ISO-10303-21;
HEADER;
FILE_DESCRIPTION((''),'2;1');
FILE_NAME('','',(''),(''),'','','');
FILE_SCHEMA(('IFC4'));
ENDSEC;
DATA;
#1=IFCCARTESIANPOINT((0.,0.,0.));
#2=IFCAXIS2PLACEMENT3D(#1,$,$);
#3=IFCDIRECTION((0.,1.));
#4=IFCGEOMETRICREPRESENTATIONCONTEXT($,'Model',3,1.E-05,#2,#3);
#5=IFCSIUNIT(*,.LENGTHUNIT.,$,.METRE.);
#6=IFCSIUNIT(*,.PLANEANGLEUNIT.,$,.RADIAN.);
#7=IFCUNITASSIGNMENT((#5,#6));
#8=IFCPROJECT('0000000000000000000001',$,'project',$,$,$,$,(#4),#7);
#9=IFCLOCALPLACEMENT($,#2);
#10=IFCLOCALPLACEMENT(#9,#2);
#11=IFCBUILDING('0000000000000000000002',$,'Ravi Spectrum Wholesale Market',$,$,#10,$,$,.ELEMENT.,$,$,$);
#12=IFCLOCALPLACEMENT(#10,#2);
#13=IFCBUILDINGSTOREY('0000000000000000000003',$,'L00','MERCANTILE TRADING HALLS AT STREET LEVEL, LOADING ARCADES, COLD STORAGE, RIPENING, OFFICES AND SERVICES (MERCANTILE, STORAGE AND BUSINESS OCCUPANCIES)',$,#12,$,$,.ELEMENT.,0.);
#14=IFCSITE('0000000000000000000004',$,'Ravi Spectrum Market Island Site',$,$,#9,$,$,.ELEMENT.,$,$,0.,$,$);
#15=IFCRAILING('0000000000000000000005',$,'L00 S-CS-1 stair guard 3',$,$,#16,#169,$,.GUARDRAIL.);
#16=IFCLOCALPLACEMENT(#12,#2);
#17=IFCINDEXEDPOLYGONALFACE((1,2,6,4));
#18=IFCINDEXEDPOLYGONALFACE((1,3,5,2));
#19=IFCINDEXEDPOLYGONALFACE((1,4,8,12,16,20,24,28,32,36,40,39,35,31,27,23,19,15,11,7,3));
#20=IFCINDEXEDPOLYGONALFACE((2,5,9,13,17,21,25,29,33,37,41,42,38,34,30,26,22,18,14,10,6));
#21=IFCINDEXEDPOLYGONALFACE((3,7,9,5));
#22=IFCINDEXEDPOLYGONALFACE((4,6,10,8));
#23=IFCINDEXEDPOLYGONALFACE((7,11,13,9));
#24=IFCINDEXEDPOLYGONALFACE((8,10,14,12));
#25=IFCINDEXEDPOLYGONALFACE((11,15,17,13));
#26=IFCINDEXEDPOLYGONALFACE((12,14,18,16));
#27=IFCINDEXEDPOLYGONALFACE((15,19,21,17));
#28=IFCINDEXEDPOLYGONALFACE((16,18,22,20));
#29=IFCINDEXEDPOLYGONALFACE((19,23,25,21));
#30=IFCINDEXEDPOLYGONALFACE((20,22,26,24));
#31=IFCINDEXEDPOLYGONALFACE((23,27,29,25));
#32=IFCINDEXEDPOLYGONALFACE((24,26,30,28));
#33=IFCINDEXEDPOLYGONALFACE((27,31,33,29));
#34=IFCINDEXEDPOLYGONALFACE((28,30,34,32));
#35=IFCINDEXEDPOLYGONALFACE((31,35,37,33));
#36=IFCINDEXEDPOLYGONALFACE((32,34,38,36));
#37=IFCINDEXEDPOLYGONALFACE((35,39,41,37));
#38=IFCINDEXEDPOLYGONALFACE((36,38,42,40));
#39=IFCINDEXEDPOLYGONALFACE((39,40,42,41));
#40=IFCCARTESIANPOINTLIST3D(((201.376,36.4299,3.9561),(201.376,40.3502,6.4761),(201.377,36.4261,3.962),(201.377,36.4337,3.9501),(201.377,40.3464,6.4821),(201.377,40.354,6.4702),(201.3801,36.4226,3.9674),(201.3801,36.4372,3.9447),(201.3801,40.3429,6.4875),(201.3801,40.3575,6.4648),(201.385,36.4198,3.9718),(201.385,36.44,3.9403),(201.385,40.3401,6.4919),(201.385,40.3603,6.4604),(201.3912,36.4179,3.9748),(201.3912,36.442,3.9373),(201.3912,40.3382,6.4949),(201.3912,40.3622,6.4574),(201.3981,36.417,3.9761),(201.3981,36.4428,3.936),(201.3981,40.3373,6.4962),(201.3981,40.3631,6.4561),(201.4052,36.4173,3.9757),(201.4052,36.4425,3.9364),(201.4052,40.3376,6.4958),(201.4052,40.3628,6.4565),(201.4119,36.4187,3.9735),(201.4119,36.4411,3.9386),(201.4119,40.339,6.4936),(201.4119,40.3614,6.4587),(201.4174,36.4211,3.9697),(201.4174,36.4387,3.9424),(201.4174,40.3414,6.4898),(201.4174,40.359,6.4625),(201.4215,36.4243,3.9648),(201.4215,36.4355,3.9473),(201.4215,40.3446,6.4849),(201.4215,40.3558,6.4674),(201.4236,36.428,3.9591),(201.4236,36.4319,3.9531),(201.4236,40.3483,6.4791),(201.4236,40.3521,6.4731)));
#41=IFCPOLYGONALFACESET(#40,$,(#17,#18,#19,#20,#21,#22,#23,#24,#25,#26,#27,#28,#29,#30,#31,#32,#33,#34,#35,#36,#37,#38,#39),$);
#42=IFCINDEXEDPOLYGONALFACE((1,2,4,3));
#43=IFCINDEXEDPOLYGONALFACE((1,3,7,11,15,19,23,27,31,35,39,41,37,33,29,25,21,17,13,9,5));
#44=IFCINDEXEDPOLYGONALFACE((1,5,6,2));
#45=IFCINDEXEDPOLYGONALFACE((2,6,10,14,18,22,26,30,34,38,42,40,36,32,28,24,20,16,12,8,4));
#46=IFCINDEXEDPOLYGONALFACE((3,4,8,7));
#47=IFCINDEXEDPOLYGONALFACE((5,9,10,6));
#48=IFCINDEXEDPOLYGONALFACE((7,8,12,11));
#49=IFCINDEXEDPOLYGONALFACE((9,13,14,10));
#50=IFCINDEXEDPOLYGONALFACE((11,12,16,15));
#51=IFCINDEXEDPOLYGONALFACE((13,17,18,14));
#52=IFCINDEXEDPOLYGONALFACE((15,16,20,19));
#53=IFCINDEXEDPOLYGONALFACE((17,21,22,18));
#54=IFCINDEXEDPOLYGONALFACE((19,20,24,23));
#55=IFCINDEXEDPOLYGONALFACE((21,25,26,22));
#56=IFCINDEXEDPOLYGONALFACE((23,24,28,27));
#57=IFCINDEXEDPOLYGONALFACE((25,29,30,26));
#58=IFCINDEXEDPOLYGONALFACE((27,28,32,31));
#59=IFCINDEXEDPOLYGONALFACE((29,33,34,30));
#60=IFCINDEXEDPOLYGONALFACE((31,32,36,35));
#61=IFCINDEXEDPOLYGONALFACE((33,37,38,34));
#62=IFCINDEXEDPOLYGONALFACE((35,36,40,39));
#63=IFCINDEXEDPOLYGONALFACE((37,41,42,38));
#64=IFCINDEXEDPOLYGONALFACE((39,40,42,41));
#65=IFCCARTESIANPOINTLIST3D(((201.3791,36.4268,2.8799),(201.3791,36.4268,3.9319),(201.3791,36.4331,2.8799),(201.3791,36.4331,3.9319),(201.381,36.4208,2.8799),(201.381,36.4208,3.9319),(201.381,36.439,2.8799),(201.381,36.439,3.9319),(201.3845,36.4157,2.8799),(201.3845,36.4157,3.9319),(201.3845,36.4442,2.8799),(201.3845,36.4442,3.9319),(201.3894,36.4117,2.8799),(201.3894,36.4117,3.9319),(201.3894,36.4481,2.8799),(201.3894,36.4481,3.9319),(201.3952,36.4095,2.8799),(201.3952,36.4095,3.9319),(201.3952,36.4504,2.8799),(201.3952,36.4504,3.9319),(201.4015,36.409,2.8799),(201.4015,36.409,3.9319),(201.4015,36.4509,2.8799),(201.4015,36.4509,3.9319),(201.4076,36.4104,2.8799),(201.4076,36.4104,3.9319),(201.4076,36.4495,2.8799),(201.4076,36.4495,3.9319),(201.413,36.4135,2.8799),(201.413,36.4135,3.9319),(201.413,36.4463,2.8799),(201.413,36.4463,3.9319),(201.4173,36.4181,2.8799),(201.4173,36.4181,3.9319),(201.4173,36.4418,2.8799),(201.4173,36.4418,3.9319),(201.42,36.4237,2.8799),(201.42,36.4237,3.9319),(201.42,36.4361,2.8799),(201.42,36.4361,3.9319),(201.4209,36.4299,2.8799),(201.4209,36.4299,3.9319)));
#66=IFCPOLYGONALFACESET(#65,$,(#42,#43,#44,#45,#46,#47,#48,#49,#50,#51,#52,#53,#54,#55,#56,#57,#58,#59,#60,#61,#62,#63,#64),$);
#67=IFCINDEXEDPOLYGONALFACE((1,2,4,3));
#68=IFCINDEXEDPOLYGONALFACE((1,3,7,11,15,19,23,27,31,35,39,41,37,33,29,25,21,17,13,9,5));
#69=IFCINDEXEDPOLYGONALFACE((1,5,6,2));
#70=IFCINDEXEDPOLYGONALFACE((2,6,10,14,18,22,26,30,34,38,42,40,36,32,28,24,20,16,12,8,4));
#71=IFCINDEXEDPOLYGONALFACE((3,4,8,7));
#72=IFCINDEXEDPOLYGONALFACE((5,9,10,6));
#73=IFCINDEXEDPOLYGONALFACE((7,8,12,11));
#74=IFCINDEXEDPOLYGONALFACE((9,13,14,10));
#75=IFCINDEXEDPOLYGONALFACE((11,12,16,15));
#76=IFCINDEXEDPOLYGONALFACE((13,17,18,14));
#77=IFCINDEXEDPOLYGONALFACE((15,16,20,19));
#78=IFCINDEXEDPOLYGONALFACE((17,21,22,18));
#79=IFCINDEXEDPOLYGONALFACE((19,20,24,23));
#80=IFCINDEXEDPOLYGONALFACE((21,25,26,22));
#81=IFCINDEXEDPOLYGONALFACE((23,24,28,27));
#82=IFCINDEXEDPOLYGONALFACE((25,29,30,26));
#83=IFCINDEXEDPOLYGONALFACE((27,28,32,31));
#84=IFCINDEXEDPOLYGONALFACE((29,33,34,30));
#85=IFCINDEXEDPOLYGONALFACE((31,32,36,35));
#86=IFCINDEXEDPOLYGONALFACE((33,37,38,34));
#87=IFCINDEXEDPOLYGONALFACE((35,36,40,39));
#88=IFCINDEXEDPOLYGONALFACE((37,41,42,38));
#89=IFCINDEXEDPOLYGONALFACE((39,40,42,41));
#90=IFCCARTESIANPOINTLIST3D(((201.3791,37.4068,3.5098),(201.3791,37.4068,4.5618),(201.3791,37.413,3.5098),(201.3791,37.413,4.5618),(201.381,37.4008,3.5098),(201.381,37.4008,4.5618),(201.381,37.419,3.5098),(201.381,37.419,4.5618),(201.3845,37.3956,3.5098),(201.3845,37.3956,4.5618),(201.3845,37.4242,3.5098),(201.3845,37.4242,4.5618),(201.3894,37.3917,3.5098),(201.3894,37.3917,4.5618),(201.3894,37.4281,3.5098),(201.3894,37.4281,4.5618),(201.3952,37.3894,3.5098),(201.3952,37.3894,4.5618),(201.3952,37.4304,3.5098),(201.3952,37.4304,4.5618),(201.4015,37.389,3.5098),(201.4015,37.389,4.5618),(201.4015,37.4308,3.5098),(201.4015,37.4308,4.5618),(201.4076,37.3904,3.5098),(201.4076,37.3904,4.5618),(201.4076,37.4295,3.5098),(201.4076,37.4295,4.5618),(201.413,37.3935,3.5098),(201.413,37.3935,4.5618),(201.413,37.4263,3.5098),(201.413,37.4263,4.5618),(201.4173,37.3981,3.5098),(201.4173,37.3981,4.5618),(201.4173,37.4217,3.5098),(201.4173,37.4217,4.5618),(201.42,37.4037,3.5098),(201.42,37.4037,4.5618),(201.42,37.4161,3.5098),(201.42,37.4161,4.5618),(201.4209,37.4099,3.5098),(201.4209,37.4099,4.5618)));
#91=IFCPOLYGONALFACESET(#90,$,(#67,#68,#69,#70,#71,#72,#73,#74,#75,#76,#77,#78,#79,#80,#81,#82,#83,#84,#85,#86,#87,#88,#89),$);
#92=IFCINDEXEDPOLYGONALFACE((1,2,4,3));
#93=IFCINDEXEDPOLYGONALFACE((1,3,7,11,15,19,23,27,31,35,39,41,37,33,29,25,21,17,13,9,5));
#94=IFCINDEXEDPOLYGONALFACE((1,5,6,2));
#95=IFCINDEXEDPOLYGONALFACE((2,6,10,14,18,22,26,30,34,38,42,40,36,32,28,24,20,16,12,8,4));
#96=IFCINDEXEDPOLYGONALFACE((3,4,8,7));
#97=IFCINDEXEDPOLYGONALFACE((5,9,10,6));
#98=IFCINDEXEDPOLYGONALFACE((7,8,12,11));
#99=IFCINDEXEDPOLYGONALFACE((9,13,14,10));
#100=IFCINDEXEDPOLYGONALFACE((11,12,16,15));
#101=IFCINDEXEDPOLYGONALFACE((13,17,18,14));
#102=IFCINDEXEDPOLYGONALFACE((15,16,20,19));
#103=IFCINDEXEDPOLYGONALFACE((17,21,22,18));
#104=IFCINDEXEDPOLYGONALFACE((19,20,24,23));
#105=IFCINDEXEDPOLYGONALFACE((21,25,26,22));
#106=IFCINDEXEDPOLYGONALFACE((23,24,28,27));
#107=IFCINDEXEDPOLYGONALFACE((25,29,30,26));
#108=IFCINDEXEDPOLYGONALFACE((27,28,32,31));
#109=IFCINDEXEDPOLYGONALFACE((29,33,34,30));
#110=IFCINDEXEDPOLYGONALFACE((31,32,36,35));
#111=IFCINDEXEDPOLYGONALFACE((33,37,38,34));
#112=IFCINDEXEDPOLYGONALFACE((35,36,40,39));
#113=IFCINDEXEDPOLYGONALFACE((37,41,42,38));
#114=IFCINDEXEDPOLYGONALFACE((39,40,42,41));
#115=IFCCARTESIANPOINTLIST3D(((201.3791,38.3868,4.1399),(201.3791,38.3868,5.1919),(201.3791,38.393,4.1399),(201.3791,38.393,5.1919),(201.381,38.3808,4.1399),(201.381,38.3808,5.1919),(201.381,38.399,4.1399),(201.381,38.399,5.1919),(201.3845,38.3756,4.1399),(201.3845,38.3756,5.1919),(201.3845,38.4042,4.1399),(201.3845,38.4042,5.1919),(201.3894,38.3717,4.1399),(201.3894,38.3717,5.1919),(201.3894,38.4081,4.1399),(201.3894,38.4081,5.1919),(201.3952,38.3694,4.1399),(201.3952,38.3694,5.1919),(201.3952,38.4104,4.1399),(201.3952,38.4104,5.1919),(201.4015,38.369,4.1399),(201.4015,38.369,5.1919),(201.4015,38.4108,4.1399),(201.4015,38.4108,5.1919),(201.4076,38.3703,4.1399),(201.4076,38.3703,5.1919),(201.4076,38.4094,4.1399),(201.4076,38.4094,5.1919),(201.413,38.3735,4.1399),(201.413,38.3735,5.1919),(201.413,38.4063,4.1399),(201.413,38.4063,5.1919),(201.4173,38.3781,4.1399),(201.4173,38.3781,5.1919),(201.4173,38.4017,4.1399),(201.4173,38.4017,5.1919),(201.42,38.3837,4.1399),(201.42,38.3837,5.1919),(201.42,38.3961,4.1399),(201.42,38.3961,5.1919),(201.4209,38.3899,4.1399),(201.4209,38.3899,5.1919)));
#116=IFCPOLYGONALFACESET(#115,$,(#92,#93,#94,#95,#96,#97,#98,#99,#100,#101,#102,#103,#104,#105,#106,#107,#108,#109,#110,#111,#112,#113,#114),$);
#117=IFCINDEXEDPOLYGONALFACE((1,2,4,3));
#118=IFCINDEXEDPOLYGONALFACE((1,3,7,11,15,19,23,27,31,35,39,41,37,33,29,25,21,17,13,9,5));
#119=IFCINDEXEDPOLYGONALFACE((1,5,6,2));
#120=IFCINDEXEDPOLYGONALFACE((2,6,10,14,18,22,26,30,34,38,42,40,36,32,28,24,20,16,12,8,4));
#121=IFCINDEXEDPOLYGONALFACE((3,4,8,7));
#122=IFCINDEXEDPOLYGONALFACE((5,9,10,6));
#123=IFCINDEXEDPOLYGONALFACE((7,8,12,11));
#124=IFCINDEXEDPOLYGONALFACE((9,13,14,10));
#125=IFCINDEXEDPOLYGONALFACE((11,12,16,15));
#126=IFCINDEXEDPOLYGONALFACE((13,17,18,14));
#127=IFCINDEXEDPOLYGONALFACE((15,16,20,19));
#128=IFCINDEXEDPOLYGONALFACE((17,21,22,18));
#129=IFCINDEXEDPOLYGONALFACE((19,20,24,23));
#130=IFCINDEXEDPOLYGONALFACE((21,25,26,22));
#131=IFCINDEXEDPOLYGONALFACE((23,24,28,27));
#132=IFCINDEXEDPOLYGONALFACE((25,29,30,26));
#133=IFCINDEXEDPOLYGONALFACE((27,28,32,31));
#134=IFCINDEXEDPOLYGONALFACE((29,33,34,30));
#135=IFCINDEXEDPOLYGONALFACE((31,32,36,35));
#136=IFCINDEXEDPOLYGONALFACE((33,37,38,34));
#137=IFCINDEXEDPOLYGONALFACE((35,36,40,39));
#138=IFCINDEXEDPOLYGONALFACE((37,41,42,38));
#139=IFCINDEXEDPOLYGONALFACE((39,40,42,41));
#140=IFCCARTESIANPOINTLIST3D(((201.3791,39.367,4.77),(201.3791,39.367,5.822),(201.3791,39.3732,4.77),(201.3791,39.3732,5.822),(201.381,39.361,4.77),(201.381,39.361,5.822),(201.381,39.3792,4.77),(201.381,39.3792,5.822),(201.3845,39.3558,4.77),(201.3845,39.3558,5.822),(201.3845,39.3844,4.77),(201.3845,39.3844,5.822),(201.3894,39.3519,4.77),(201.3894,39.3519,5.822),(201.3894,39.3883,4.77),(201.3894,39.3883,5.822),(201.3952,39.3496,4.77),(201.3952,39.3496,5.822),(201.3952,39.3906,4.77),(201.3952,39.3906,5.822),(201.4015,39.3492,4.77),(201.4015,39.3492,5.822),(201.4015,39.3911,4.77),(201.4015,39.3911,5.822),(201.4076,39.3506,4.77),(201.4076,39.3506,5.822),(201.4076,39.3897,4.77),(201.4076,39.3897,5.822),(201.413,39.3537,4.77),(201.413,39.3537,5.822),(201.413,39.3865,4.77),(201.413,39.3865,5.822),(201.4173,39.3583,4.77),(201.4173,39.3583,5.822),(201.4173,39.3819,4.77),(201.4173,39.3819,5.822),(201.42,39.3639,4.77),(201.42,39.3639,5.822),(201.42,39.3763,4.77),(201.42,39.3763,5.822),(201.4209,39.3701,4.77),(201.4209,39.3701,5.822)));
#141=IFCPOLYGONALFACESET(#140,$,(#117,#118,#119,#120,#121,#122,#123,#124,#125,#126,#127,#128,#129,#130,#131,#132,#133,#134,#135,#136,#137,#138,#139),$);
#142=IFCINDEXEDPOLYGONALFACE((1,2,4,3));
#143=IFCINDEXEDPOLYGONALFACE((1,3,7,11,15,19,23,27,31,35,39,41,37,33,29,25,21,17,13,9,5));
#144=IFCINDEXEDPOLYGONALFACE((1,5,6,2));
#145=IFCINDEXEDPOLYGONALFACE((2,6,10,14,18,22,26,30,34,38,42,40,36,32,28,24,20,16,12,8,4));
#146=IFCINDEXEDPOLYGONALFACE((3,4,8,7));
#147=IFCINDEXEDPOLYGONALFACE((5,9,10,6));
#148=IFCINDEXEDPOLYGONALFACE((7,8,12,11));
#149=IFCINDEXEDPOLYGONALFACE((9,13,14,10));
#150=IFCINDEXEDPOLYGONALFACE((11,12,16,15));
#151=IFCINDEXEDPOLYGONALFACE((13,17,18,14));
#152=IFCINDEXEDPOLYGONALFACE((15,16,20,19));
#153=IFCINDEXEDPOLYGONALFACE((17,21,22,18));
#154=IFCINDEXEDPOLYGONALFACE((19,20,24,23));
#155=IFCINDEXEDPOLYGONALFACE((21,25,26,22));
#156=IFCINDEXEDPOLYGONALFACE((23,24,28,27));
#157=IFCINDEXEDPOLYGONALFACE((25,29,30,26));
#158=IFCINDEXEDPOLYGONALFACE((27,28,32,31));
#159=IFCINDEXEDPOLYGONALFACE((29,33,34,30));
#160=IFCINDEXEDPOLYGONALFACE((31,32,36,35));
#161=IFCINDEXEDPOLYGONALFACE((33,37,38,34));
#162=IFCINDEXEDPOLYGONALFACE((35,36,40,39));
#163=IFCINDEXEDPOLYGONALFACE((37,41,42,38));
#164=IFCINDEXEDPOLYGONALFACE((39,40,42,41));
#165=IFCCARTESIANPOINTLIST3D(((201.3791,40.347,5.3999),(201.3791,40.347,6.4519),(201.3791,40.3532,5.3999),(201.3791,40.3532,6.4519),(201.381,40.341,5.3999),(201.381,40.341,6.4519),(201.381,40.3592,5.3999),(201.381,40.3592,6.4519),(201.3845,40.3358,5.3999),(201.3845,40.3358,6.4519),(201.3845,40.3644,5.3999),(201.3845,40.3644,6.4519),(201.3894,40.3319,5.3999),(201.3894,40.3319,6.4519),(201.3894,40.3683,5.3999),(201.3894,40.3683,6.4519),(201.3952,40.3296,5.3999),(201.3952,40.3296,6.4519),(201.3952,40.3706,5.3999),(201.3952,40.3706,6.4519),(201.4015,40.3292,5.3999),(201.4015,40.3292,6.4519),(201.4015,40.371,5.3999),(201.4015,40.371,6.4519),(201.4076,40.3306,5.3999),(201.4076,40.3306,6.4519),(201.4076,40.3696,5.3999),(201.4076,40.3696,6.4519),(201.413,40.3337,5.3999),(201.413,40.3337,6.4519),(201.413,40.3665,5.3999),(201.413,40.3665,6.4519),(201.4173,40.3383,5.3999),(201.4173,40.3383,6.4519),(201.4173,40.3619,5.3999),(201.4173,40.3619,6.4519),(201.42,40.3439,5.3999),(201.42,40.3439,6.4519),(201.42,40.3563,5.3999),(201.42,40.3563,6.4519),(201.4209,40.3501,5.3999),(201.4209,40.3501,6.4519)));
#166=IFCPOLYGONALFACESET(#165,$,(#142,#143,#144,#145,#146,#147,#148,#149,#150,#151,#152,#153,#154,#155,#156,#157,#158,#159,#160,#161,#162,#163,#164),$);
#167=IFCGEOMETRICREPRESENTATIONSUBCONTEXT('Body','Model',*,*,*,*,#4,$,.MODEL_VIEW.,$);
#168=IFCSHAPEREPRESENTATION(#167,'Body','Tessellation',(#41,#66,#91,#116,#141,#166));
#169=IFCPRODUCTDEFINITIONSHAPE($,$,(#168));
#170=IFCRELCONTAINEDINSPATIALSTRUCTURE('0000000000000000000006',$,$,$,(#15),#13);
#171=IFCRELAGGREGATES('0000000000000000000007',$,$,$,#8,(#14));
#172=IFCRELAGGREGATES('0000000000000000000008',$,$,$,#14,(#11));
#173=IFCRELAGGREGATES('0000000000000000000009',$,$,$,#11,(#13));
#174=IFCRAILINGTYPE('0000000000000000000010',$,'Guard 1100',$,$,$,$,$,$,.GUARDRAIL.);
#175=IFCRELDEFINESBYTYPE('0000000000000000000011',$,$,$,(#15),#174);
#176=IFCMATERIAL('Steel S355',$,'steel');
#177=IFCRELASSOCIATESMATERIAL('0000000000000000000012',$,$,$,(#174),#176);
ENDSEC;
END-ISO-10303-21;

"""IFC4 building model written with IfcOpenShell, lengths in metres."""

from ifc_helpers import new_model, si_unit, direction, frame, origin, origin_2d, place, context, subcontext, project, spatial, circle, extrude, material, type_object, element, save


model = new_model("IFC4")

# Units and contexts
model_context = context("Model", 3, precision=1e-05, world=origin(), true_north=direction((0.0, 1.0)))
body_context = subcontext(model_context, "Body", "Model", "MODEL_VIEW")
ifc_project = project(units=[si_unit("LENGTHUNIT", "METRE"), si_unit("PLANEANGLEUNIT", "RADIAN")], contexts=[model_context])

# Site, building, storey
site_placement = place(None, origin())
site = spatial("IfcSite", under=ifc_project, at=site_placement, Name="Ravi Spectrum Market Island Site", CompositionType="ELEMENT", RefElevation=0.0)
building_placement = place(site_placement, origin())
building = spatial("IfcBuilding", under=site, at=building_placement, Name="Ravi Spectrum Wholesale Market", CompositionType="ELEMENT")
storey_placement = place(building_placement, origin())
storey = spatial("IfcBuildingStorey", under=building, at=storey_placement, Name="L00", Description="MERCANTILE TRADING HALLS AT STREET LEVEL, LOADING ARCADES, COLD STORAGE, RIPENING, OFFICES AND SERVICES (MERCANTILE, STORAGE AND BUSINESS OCCUPANCIES)", CompositionType="ELEMENT", Elevation=0.0)

# Railing
ifc_material_1 = material(Name="Steel S355", Category="steel")
railing_type_1 = type_object("IfcRailingType", Name="Guard 1100", PredefinedType="GUARDRAIL", material=ifc_material_1)
railing_1_placement = place(storey_placement, frame((201.3999, 36.4299, 2.8799)))
element("IfcRailing", 1, at=railing_1_placement, inside=storey, type_object=railing_type_1, Name="L00 S-CS-1 stair guard 3", PredefinedType="GUARDRAIL", context=body_context, shape_type="SweptSolid", body=[
    extrude(circle(Radius=0.0239, at=origin_2d()), frame((0.0, 0.0, 1.0762), z_axis=(0.0, 0.841187, 0.540744), x_axis=(-1.0, 0.0, 0.0)), (0.0, 0.0, 1.0), 4.6604),
    extrude(circle(Radius=0.021, at=origin_2d()), origin(), (0.0, 0.0, 1.0), 1.052),
    extrude(circle(Radius=0.021, at=origin_2d()), frame((0.0, 0.98, 0.6299)), (0.0, 0.0, 1.0), 1.052),
    extrude(circle(Radius=0.021, at=origin_2d()), frame((0.0, 1.96, 1.26)), (0.0, 0.0, 1.0), 1.052),
    extrude(circle(Radius=0.021, at=origin_2d()), frame((0.0, 2.9402, 1.8901)), (0.0, 0.0, 1.0), 1.052),
    extrude(circle(Radius=0.021, at=origin_2d()), frame((0.0, 3.9202, 2.52)), (0.0, 0.0, 1.0), 1.052),
])

save(model, "model.ifc")
